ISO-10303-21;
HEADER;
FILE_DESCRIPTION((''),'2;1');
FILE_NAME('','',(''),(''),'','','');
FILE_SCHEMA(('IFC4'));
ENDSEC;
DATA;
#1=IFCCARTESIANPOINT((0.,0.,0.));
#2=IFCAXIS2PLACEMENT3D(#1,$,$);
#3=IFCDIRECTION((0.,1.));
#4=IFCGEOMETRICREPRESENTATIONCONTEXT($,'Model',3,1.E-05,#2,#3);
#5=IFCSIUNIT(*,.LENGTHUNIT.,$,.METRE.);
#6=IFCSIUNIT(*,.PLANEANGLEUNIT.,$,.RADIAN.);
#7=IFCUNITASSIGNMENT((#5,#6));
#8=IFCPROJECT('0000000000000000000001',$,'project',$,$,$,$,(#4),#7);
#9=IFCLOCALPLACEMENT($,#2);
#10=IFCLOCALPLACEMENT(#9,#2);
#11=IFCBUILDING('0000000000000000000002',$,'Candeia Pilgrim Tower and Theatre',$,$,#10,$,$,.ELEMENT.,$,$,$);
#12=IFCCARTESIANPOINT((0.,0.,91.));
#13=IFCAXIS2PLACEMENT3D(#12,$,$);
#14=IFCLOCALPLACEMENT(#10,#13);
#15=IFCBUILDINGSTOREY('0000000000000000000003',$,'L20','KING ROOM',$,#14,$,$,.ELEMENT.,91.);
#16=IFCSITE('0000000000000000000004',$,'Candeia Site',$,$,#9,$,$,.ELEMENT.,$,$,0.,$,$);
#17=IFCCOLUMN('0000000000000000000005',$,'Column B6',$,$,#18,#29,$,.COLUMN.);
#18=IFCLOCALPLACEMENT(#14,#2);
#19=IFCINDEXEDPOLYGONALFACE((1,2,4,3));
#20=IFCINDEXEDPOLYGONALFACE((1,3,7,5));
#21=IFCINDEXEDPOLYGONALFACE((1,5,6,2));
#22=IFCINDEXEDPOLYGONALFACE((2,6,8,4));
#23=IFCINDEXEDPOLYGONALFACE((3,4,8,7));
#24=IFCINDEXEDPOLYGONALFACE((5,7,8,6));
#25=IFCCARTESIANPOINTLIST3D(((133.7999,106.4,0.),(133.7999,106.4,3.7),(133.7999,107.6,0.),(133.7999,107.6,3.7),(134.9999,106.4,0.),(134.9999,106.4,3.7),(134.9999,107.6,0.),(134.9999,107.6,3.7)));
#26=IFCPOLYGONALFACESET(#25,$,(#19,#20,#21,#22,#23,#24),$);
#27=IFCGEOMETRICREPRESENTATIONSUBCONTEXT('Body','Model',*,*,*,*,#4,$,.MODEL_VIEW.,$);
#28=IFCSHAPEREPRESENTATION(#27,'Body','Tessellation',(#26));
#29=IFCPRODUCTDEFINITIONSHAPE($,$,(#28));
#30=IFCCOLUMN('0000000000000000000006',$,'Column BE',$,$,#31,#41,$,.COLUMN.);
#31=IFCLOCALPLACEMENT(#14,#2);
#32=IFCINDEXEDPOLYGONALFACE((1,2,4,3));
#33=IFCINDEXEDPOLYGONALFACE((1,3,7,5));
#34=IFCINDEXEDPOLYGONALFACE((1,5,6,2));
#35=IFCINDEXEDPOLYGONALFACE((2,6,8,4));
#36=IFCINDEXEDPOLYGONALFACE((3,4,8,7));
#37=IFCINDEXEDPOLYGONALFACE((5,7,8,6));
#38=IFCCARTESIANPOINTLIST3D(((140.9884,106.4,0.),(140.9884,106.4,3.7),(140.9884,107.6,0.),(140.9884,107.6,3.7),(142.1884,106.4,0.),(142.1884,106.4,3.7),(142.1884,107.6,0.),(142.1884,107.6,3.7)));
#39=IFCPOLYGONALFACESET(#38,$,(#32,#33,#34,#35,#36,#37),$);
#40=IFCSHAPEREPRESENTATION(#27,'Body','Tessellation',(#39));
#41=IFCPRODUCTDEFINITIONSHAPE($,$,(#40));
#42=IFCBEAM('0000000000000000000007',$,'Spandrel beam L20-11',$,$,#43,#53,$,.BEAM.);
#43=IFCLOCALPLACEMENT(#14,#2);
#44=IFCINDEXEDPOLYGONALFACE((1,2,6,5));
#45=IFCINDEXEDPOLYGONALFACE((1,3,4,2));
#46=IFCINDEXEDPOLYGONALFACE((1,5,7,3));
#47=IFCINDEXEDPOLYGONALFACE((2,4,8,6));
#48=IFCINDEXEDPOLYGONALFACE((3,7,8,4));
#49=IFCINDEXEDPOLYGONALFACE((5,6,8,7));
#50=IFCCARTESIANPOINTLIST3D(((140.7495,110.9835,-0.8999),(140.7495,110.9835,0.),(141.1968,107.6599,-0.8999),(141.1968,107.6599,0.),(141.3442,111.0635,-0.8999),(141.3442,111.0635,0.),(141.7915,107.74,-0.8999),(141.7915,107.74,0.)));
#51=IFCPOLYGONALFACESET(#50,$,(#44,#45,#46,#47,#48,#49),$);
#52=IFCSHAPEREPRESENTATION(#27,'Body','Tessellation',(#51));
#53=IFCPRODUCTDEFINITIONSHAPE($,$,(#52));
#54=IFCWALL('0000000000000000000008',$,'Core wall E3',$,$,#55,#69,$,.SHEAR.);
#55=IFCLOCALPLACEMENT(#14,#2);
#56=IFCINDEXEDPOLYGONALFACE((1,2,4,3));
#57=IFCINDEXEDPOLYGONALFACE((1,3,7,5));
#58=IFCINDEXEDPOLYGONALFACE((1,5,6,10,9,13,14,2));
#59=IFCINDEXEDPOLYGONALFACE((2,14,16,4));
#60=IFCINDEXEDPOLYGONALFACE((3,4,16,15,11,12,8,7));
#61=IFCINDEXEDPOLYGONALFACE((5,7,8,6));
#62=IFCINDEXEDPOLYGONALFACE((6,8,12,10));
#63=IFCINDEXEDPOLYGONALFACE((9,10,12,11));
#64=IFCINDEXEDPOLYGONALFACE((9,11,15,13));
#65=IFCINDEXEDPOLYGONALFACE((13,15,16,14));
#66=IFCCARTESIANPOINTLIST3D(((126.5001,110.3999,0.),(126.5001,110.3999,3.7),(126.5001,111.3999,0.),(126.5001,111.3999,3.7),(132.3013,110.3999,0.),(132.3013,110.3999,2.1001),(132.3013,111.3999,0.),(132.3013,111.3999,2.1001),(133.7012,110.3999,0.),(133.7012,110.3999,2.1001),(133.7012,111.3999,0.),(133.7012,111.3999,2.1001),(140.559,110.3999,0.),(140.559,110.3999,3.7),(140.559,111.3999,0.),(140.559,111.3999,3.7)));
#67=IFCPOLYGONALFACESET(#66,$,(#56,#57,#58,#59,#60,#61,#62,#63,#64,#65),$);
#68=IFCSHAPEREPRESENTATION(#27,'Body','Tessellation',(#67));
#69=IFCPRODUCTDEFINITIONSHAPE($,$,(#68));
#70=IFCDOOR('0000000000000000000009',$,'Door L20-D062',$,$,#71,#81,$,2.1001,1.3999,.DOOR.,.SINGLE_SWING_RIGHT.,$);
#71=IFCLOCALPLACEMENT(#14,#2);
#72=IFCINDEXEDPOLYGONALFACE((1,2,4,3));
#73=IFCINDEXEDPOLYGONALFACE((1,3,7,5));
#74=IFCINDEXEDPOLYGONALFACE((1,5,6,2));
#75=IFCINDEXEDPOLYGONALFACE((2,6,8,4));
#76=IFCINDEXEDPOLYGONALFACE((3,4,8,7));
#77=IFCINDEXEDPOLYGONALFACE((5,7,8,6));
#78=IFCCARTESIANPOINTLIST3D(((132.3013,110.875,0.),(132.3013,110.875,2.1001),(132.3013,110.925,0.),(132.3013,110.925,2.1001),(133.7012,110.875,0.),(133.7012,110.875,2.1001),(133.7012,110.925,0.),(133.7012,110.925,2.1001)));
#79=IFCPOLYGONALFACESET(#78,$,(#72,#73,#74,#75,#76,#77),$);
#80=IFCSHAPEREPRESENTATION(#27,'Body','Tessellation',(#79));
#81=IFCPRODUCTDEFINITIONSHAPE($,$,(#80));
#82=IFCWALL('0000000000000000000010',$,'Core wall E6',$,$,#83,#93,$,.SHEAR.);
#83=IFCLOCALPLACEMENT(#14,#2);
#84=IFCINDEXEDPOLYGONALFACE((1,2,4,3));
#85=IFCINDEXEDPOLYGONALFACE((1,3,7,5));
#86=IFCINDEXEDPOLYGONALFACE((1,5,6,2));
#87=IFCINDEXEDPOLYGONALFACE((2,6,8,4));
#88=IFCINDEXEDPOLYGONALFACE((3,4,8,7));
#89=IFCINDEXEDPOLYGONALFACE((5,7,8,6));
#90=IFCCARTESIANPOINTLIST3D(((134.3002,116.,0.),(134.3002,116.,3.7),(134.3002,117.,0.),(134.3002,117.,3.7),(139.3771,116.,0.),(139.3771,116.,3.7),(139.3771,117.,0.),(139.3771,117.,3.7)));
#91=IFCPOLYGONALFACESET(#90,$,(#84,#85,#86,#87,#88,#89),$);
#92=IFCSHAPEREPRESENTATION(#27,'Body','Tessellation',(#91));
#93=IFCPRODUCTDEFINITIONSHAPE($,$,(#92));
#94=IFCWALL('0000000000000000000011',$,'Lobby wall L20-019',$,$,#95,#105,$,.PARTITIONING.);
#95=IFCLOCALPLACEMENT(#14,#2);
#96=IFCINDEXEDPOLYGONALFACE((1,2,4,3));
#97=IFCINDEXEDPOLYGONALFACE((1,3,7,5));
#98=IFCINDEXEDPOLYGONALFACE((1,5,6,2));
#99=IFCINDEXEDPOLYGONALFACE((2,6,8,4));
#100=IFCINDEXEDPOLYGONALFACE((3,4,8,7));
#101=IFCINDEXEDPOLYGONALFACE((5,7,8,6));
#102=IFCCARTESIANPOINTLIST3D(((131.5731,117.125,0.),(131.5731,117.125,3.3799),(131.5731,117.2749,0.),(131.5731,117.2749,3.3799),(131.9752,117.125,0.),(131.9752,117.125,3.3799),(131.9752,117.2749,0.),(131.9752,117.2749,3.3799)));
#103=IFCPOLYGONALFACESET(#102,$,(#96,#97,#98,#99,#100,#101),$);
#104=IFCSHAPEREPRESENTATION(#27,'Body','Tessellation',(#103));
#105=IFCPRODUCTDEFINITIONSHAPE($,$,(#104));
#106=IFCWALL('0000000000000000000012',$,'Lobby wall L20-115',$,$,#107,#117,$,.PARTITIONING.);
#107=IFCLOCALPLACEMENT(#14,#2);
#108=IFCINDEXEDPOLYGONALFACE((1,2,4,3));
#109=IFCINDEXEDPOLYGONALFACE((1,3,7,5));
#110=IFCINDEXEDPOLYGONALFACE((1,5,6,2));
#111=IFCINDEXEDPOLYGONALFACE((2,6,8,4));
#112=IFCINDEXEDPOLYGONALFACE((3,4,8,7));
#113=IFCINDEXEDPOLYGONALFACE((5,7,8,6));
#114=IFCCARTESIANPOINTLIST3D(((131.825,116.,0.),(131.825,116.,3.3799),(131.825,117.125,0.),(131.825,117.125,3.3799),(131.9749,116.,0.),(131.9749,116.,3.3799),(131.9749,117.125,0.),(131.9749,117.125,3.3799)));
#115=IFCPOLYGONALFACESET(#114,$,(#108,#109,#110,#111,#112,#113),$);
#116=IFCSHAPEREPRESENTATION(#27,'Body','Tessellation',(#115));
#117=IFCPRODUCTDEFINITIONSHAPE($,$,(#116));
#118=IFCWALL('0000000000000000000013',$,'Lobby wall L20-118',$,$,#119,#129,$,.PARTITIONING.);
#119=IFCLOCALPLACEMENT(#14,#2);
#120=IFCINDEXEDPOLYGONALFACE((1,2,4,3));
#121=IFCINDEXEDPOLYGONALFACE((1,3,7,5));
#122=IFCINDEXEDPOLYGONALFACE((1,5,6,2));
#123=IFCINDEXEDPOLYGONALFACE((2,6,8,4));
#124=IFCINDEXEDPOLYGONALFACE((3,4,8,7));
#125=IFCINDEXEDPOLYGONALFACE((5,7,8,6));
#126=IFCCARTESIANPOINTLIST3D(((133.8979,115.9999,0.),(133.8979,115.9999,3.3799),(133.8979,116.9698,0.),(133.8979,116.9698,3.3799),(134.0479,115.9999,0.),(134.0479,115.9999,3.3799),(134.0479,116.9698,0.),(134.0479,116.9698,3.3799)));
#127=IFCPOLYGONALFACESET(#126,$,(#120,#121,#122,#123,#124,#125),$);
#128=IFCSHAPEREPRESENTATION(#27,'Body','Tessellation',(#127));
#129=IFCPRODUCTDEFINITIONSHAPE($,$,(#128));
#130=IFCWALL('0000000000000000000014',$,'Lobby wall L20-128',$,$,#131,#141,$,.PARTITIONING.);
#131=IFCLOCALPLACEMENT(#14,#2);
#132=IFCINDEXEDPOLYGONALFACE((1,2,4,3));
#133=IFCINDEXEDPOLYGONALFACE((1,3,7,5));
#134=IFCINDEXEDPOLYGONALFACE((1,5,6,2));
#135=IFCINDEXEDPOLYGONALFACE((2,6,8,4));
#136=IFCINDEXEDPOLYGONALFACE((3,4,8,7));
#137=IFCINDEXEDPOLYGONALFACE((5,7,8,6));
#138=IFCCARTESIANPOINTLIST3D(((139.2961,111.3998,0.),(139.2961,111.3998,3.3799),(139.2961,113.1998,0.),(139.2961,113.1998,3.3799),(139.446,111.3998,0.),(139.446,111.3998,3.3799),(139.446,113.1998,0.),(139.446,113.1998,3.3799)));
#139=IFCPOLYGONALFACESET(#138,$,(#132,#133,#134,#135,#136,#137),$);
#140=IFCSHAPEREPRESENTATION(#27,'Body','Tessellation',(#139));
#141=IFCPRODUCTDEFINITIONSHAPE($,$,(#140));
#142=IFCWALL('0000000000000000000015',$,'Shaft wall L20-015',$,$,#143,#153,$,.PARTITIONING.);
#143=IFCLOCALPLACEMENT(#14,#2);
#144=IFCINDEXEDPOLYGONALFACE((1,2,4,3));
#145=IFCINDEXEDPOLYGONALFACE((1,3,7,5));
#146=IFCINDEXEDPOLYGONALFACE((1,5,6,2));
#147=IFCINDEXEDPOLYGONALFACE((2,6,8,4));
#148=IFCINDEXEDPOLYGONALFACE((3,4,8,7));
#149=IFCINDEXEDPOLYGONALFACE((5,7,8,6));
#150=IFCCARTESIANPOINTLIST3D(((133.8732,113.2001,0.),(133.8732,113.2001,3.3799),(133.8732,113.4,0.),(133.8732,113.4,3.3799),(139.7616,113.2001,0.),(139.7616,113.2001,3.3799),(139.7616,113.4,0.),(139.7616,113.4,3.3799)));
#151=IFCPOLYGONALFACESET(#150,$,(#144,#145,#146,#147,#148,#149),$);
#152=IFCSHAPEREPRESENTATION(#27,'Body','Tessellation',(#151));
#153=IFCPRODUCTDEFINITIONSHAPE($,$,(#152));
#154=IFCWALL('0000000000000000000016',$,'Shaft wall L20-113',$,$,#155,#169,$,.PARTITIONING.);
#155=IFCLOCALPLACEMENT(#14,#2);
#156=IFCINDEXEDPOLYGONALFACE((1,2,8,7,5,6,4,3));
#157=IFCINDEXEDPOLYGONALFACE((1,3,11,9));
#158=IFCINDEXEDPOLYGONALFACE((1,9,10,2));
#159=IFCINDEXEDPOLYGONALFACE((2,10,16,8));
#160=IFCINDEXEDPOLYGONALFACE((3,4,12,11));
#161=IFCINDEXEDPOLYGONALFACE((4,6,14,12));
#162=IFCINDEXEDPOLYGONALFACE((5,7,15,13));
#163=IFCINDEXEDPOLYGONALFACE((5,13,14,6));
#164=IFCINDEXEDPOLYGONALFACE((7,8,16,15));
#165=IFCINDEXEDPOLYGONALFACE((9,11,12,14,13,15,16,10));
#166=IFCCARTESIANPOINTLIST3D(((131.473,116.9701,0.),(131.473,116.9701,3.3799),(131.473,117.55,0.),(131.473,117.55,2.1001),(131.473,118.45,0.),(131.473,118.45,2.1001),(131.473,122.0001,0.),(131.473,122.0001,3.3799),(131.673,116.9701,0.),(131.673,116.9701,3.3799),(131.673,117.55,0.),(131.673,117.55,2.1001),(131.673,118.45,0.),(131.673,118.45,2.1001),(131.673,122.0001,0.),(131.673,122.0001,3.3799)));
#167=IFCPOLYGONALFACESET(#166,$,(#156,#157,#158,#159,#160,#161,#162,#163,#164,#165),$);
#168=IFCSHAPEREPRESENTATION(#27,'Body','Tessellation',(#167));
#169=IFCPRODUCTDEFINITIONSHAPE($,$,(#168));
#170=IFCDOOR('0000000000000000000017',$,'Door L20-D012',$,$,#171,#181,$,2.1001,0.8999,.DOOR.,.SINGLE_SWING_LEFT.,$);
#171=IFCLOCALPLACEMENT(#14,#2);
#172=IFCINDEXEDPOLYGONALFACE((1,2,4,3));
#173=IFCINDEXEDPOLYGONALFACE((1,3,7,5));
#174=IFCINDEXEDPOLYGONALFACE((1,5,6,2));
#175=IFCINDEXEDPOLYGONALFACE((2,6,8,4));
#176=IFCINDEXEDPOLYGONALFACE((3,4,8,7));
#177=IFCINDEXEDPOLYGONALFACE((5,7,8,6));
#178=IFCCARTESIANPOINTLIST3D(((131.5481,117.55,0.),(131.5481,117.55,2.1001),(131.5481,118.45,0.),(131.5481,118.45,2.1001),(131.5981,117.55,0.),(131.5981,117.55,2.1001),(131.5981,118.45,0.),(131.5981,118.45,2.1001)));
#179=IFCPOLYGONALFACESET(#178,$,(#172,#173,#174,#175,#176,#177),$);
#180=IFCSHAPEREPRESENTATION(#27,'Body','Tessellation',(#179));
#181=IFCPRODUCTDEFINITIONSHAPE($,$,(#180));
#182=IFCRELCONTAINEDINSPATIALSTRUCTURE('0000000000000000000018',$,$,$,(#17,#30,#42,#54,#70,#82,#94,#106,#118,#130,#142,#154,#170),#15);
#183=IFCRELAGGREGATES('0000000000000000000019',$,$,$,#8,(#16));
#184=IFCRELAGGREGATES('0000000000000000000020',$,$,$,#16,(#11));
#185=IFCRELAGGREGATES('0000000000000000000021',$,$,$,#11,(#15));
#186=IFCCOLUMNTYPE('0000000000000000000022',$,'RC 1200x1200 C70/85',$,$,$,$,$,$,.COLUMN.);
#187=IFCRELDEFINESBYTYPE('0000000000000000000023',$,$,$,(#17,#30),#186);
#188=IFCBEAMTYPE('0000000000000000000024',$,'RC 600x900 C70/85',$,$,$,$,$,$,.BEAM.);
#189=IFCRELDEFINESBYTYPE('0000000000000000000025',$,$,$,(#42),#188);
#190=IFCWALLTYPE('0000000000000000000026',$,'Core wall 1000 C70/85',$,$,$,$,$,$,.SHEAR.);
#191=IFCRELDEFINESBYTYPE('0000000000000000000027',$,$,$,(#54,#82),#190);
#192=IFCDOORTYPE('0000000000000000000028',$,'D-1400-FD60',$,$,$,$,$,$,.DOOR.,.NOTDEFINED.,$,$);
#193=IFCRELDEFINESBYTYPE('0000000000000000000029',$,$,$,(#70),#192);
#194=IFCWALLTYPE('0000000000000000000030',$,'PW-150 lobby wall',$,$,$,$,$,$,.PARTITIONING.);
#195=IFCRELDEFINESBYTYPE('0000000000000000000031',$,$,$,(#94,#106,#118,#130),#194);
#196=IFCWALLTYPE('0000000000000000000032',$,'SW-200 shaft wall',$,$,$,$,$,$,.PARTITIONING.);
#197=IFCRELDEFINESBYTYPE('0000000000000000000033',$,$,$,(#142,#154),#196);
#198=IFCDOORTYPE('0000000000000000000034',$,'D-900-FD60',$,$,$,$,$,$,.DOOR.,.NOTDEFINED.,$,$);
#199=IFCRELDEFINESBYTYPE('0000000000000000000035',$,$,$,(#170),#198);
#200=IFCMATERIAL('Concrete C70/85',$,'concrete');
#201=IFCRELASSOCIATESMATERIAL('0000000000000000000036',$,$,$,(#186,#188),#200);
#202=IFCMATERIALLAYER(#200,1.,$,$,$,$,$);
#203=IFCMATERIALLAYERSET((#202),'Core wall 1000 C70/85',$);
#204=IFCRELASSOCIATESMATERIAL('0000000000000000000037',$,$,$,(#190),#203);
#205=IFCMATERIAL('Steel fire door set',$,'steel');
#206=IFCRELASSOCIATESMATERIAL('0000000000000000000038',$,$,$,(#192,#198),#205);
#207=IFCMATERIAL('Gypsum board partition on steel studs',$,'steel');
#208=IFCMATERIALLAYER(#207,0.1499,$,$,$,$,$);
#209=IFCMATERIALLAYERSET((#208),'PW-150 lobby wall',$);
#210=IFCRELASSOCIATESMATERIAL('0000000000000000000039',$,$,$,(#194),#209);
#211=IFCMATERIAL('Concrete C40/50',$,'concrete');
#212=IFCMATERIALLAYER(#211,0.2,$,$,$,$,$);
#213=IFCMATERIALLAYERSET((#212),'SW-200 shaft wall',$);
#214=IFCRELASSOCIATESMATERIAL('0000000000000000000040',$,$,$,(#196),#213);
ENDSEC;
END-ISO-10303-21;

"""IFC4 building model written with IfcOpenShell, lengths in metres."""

from ifc_helpers import new_model, si_unit, direction, frame, frame_2d, origin, origin_2d, place, context, subcontext, project, spatial, rectangle, extrude, material, layer, layer_set, material_profile, profile_set, type_object, element, fill, save


model = new_model("IFC4")

# Units and contexts
model_context = context("Model", 3, precision=1e-05, world=origin(), true_north=direction((0.0, 1.0)))
body_context = subcontext(model_context, "Body", "Model", "MODEL_VIEW")
ifc_project = project(units=[si_unit("LENGTHUNIT", "METRE"), si_unit("PLANEANGLEUNIT", "RADIAN")], contexts=[model_context])

# Site, building, storey
site_placement = place(None, origin())
site = spatial("IfcSite", under=ifc_project, at=site_placement, Name="Candeia Site", CompositionType="ELEMENT", RefElevation=0.0)
building_placement = place(site_placement, origin())
building = spatial("IfcBuilding", under=site, at=building_placement, Name="Candeia Pilgrim Tower and Theatre", CompositionType="ELEMENT")
storey_placement = place(building_placement, frame((0.0, 0.0, 91.0)))
storey = spatial("IfcBuildingStorey", under=building, at=storey_placement, Name="L20", Description="KING ROOM", CompositionType="ELEMENT", Elevation=91.0)

# Columns
ifc_material_1 = material(Name="Concrete C70/85", Category="concrete")
ifc_material_profile_1 = material_profile(ifc_material_1, rectangle(XDim=1.2, YDim=1.2, at=origin_2d()))
ifc_profile_set_1 = profile_set([ifc_material_profile_1], Name="Concrete C70/85")
column_type = type_object("IfcColumnType", Name="RC 1200x1200 C70/85", PredefinedType="COLUMN", material=ifc_profile_set_1)
for number, where, z_axis, x_axis, name in (
    (1, (134.3999, 107.0, 0.0), (0.0, 0.0, 1.0), (1.0, 0.0, 0.0), "Column B6"),
    (2, (141.5884, 107.0, 0.0), (0.0, 0.0, 1.0), (1.0, 0.0, 0.0), "Column BE"),
):
    element("IfcColumn", number, at=place(storey_placement, frame(where, z_axis=z_axis, x_axis=x_axis)), inside=storey, type_object=column_type, Name=name, PredefinedType="COLUMN", context=body_context, shape_type="SweptSolid", body=[
        extrude(rectangle(XDim=1.2, YDim=1.2, at=origin_2d()), origin(), (0.0, 0.0, 1.0), 3.7),
    ])

# Beam
ifc_material_profile_2 = material_profile(ifc_material_1, rectangle(XDim=0.6001, YDim=0.8999, at=origin_2d()))
ifc_profile_set_2 = profile_set([ifc_material_profile_2], Name="Concrete C70/85")
beam_type = type_object("IfcBeamType", Name="RC 600x900 C70/85", PredefinedType="BEAM", material=ifc_profile_set_2)
beam_placement = place(storey_placement, frame((141.4941, 107.7, -0.45), z_axis=(-0.133375, 0.991066, 0.0), x_axis=(-0.991066, -0.133375, 0.0)))
element("IfcBeam", 3, at=beam_placement, inside=storey, type_object=beam_type, Name="Spandrel beam L20-11", PredefinedType="BEAM", context=body_context, shape_type="SweptSolid", body=[
    extrude(rectangle(XDim=0.6001, YDim=0.8999, at=origin_2d()), origin(), (0.0, 0.0, 1.0), 3.3535),
])

# Wall, opening, door
ifc_layer_1 = layer(ifc_material_1, 1.0)
ifc_layer_set_1 = layer_set([ifc_layer_1], Name="Core wall 1000 C70/85")
wall_type_1 = type_object("IfcWallType", Name="Core wall 1000 C70/85", PredefinedType="SHEAR", material=ifc_layer_set_1)
wall_1_placement = place(storey_placement, frame((140.5588, 110.8999, 0.0), z_axis=(0.0, 0.0, 1.0), x_axis=(-1.0, 0.0, 0.0)))
wall_1 = element("IfcWall", 4, at=wall_1_placement, inside=storey, type_object=wall_type_1, Name="Core wall E3", PredefinedType="SHEAR", context=body_context, shape_type="SweptSolid", body=[
    extrude(rectangle(XDim=14.0588, YDim=1.0, at=frame_2d((7.0293, 0.0))), origin(), (0.0, 0.0, 1.0), 3.7),
])
opening_1_placement = place(wall_1_placement, frame((6.8577, 0.0, 0.0)))
opening_1 = element("IfcOpeningElement", 5, at=opening_1_placement, cuts=wall_1, PredefinedType="OPENING", context=body_context, shape_type="SweptSolid", body=[
    extrude(rectangle(XDim=1.3999, YDim=2.1001, at=frame_2d((0.7, 1.05))), frame((0.0, 0.51, 0.0), z_axis=(0.0, -1.0, 0.0), x_axis=(1.0, 0.0, 0.0)), (0.0, 0.0, 1.0), 1.02),
])
ifc_material_2 = material(Name="Steel fire door set", Category="steel")
door_type_1 = type_object("IfcDoorType", Name="D-1400-FD60", OperationType="NOTDEFINED", PredefinedType="DOOR", material=ifc_material_2)
door_1_placement = place(opening_1_placement, origin())
door_1 = element("IfcDoor", 6, at=door_1_placement, inside=storey, type_object=door_type_1, Name="Door L20-D062", OperationType="SINGLE_SWING_RIGHT", OverallHeight=2.1001, OverallWidth=1.3999, PredefinedType="DOOR", context=body_context, shape_type="SweptSolid", body=[
    extrude(rectangle(XDim=1.3999, YDim=2.1001, at=frame_2d((0.7, 1.05))), frame((0.0, 0.0249, 0.0), z_axis=(0.0, -1.0, 0.0), x_axis=(1.0, 0.0, 0.0)), (0.0, 0.0, 1.0), 0.05),
])
fill(opening_1, door_1)

# Walls
wall_2_placement = place(storey_placement, frame((134.3, 116.5, 0.0), z_axis=(0.0, 0.0, 1.0), x_axis=(1.0, 0.0, 0.0)))
element("IfcWall", 7, at=wall_2_placement, inside=storey, type_object=wall_type_1, Name="Core wall E6", PredefinedType="SHEAR", context=body_context, shape_type="SweptSolid", body=[
    extrude(rectangle(XDim=5.0769, YDim=1.0, at=frame_2d((2.5386, 0.0))), origin(), (0.0, 0.0, 1.0), 3.7),
])
ifc_material_3 = material(Name="Gypsum board partition on steel studs", Category="steel")
ifc_layer_2 = layer(ifc_material_3, 0.1499)
ifc_layer_set_2 = layer_set([ifc_layer_2], Name="PW-150 lobby wall")
wall_type_2 = type_object("IfcWallType", Name="PW-150 lobby wall", PredefinedType="PARTITIONING", material=ifc_layer_set_2)
wall_3_placement = place(storey_placement, frame((131.573, 117.2, 0.0), z_axis=(0.0, 0.0, 1.0), x_axis=(1.0, 0.0, 0.0)))
element("IfcWall", 8, at=wall_3_placement, inside=storey, type_object=wall_type_2, Name="Lobby wall L20-019", PredefinedType="PARTITIONING", context=body_context, shape_type="SweptSolid", body=[
    extrude(rectangle(XDim=0.4021, YDim=0.1499, at=frame_2d((0.2012, 0.0))), origin(), (0.0, 0.0, 1.0), 3.3799),
])
wall_4_placement = place(storey_placement, frame((131.8999, 116.0, 0.0), z_axis=(0.0, 0.0, 1.0), x_axis=(0.0, 1.0, 0.0)))
element("IfcWall", 9, at=wall_4_placement, inside=storey, type_object=wall_type_2, Name="Lobby wall L20-115", PredefinedType="PARTITIONING", context=body_context, shape_type="SweptSolid", body=[
    extrude(rectangle(XDim=1.125, YDim=0.1499, at=frame_2d((0.5625, 0.0))), origin(), (0.0, 0.0, 1.0), 3.3799),
])
wall_5_placement = place(storey_placement, frame((133.9729, 116.0, 0.0), z_axis=(0.0, 0.0, 1.0), x_axis=(0.0, 1.0, 0.0)))
element("IfcWall", 10, at=wall_5_placement, inside=storey, type_object=wall_type_2, Name="Lobby wall L20-118", PredefinedType="PARTITIONING", context=body_context, shape_type="SweptSolid", body=[
    extrude(rectangle(XDim=0.97, YDim=0.1499, at=frame_2d((0.4849, 0.0))), origin(), (0.0, 0.0, 1.0), 3.3799),
])
wall_6_placement = place(storey_placement, frame((139.3711, 111.3999, 0.0), z_axis=(0.0, 0.0, 1.0), x_axis=(0.0, 1.0, 0.0)))
element("IfcWall", 11, at=wall_6_placement, inside=storey, type_object=wall_type_2, Name="Lobby wall L20-128", PredefinedType="PARTITIONING", context=body_context, shape_type="SweptSolid", body=[
    extrude(rectangle(XDim=1.8, YDim=0.1499, at=frame_2d((0.8999, 0.0))), origin(), (0.0, 0.0, 1.0), 3.3799),
])
ifc_material_4 = material(Name="Concrete C40/50", Category="concrete")
ifc_layer_3 = layer(ifc_material_4, 0.2)
ifc_layer_set_3 = layer_set([ifc_layer_3], Name="SW-200 shaft wall")
wall_type_3 = type_object("IfcWallType", Name="SW-200 shaft wall", PredefinedType="PARTITIONING", material=ifc_layer_set_3)
wall_7_placement = place(storey_placement, frame((133.873, 113.3, 0.0), z_axis=(0.0, 0.0, 1.0), x_axis=(1.0, 0.0, 0.0)))
element("IfcWall", 12, at=wall_7_placement, inside=storey, type_object=wall_type_3, Name="Shaft wall L20-015", PredefinedType="PARTITIONING", context=body_context, shape_type="SweptSolid", body=[
    extrude(rectangle(XDim=5.8884, YDim=0.2, at=frame_2d((2.9443, 0.0))), origin(), (0.0, 0.0, 1.0), 3.3799),
])

# Wall, opening, door
wall_8_placement = place(storey_placement, frame((131.573, 116.97, 0.0), z_axis=(0.0, 0.0, 1.0), x_axis=(0.0, 1.0, 0.0)))
wall_8 = element("IfcWall", 13, at=wall_8_placement, inside=storey, type_object=wall_type_3, Name="Shaft wall L20-113", PredefinedType="PARTITIONING", context=body_context, shape_type="SweptSolid", body=[
    extrude(rectangle(XDim=5.03, YDim=0.2, at=frame_2d((2.5151, 0.0))), origin(), (0.0, 0.0, 1.0), 3.3799),
])
opening_2_placement = place(wall_8_placement, frame((0.5801, 0.0, 0.0)))
opening_2 = element("IfcOpeningElement", 14, at=opening_2_placement, cuts=wall_8, PredefinedType="OPENING", context=body_context, shape_type="SweptSolid", body=[
    extrude(rectangle(XDim=0.8999, YDim=2.1001, at=frame_2d((0.45, 1.05))), frame((0.0, 0.1099, 0.0), z_axis=(0.0, -1.0, 0.0), x_axis=(1.0, 0.0, 0.0)), (0.0, 0.0, 1.0), 0.22),
])
door_type_2 = type_object("IfcDoorType", Name="D-900-FD60", OperationType="NOTDEFINED", PredefinedType="DOOR", material=ifc_material_2)
door_2_placement = place(opening_2_placement, origin())
door_2 = element("IfcDoor", 15, at=door_2_placement, inside=storey, type_object=door_type_2, Name="Door L20-D012", OperationType="SINGLE_SWING_LEFT", OverallHeight=2.1001, OverallWidth=0.8999, PredefinedType="DOOR", context=body_context, shape_type="SweptSolid", body=[
    extrude(rectangle(XDim=0.8999, YDim=2.1001, at=frame_2d((0.45, 1.05))), frame((0.0, 0.0249, 0.0), z_axis=(0.0, -1.0, 0.0), x_axis=(1.0, 0.0, 0.0)), (0.0, 0.0, 1.0), 0.05),
])
fill(opening_2, door_2)

save(model, "model.ifc")
